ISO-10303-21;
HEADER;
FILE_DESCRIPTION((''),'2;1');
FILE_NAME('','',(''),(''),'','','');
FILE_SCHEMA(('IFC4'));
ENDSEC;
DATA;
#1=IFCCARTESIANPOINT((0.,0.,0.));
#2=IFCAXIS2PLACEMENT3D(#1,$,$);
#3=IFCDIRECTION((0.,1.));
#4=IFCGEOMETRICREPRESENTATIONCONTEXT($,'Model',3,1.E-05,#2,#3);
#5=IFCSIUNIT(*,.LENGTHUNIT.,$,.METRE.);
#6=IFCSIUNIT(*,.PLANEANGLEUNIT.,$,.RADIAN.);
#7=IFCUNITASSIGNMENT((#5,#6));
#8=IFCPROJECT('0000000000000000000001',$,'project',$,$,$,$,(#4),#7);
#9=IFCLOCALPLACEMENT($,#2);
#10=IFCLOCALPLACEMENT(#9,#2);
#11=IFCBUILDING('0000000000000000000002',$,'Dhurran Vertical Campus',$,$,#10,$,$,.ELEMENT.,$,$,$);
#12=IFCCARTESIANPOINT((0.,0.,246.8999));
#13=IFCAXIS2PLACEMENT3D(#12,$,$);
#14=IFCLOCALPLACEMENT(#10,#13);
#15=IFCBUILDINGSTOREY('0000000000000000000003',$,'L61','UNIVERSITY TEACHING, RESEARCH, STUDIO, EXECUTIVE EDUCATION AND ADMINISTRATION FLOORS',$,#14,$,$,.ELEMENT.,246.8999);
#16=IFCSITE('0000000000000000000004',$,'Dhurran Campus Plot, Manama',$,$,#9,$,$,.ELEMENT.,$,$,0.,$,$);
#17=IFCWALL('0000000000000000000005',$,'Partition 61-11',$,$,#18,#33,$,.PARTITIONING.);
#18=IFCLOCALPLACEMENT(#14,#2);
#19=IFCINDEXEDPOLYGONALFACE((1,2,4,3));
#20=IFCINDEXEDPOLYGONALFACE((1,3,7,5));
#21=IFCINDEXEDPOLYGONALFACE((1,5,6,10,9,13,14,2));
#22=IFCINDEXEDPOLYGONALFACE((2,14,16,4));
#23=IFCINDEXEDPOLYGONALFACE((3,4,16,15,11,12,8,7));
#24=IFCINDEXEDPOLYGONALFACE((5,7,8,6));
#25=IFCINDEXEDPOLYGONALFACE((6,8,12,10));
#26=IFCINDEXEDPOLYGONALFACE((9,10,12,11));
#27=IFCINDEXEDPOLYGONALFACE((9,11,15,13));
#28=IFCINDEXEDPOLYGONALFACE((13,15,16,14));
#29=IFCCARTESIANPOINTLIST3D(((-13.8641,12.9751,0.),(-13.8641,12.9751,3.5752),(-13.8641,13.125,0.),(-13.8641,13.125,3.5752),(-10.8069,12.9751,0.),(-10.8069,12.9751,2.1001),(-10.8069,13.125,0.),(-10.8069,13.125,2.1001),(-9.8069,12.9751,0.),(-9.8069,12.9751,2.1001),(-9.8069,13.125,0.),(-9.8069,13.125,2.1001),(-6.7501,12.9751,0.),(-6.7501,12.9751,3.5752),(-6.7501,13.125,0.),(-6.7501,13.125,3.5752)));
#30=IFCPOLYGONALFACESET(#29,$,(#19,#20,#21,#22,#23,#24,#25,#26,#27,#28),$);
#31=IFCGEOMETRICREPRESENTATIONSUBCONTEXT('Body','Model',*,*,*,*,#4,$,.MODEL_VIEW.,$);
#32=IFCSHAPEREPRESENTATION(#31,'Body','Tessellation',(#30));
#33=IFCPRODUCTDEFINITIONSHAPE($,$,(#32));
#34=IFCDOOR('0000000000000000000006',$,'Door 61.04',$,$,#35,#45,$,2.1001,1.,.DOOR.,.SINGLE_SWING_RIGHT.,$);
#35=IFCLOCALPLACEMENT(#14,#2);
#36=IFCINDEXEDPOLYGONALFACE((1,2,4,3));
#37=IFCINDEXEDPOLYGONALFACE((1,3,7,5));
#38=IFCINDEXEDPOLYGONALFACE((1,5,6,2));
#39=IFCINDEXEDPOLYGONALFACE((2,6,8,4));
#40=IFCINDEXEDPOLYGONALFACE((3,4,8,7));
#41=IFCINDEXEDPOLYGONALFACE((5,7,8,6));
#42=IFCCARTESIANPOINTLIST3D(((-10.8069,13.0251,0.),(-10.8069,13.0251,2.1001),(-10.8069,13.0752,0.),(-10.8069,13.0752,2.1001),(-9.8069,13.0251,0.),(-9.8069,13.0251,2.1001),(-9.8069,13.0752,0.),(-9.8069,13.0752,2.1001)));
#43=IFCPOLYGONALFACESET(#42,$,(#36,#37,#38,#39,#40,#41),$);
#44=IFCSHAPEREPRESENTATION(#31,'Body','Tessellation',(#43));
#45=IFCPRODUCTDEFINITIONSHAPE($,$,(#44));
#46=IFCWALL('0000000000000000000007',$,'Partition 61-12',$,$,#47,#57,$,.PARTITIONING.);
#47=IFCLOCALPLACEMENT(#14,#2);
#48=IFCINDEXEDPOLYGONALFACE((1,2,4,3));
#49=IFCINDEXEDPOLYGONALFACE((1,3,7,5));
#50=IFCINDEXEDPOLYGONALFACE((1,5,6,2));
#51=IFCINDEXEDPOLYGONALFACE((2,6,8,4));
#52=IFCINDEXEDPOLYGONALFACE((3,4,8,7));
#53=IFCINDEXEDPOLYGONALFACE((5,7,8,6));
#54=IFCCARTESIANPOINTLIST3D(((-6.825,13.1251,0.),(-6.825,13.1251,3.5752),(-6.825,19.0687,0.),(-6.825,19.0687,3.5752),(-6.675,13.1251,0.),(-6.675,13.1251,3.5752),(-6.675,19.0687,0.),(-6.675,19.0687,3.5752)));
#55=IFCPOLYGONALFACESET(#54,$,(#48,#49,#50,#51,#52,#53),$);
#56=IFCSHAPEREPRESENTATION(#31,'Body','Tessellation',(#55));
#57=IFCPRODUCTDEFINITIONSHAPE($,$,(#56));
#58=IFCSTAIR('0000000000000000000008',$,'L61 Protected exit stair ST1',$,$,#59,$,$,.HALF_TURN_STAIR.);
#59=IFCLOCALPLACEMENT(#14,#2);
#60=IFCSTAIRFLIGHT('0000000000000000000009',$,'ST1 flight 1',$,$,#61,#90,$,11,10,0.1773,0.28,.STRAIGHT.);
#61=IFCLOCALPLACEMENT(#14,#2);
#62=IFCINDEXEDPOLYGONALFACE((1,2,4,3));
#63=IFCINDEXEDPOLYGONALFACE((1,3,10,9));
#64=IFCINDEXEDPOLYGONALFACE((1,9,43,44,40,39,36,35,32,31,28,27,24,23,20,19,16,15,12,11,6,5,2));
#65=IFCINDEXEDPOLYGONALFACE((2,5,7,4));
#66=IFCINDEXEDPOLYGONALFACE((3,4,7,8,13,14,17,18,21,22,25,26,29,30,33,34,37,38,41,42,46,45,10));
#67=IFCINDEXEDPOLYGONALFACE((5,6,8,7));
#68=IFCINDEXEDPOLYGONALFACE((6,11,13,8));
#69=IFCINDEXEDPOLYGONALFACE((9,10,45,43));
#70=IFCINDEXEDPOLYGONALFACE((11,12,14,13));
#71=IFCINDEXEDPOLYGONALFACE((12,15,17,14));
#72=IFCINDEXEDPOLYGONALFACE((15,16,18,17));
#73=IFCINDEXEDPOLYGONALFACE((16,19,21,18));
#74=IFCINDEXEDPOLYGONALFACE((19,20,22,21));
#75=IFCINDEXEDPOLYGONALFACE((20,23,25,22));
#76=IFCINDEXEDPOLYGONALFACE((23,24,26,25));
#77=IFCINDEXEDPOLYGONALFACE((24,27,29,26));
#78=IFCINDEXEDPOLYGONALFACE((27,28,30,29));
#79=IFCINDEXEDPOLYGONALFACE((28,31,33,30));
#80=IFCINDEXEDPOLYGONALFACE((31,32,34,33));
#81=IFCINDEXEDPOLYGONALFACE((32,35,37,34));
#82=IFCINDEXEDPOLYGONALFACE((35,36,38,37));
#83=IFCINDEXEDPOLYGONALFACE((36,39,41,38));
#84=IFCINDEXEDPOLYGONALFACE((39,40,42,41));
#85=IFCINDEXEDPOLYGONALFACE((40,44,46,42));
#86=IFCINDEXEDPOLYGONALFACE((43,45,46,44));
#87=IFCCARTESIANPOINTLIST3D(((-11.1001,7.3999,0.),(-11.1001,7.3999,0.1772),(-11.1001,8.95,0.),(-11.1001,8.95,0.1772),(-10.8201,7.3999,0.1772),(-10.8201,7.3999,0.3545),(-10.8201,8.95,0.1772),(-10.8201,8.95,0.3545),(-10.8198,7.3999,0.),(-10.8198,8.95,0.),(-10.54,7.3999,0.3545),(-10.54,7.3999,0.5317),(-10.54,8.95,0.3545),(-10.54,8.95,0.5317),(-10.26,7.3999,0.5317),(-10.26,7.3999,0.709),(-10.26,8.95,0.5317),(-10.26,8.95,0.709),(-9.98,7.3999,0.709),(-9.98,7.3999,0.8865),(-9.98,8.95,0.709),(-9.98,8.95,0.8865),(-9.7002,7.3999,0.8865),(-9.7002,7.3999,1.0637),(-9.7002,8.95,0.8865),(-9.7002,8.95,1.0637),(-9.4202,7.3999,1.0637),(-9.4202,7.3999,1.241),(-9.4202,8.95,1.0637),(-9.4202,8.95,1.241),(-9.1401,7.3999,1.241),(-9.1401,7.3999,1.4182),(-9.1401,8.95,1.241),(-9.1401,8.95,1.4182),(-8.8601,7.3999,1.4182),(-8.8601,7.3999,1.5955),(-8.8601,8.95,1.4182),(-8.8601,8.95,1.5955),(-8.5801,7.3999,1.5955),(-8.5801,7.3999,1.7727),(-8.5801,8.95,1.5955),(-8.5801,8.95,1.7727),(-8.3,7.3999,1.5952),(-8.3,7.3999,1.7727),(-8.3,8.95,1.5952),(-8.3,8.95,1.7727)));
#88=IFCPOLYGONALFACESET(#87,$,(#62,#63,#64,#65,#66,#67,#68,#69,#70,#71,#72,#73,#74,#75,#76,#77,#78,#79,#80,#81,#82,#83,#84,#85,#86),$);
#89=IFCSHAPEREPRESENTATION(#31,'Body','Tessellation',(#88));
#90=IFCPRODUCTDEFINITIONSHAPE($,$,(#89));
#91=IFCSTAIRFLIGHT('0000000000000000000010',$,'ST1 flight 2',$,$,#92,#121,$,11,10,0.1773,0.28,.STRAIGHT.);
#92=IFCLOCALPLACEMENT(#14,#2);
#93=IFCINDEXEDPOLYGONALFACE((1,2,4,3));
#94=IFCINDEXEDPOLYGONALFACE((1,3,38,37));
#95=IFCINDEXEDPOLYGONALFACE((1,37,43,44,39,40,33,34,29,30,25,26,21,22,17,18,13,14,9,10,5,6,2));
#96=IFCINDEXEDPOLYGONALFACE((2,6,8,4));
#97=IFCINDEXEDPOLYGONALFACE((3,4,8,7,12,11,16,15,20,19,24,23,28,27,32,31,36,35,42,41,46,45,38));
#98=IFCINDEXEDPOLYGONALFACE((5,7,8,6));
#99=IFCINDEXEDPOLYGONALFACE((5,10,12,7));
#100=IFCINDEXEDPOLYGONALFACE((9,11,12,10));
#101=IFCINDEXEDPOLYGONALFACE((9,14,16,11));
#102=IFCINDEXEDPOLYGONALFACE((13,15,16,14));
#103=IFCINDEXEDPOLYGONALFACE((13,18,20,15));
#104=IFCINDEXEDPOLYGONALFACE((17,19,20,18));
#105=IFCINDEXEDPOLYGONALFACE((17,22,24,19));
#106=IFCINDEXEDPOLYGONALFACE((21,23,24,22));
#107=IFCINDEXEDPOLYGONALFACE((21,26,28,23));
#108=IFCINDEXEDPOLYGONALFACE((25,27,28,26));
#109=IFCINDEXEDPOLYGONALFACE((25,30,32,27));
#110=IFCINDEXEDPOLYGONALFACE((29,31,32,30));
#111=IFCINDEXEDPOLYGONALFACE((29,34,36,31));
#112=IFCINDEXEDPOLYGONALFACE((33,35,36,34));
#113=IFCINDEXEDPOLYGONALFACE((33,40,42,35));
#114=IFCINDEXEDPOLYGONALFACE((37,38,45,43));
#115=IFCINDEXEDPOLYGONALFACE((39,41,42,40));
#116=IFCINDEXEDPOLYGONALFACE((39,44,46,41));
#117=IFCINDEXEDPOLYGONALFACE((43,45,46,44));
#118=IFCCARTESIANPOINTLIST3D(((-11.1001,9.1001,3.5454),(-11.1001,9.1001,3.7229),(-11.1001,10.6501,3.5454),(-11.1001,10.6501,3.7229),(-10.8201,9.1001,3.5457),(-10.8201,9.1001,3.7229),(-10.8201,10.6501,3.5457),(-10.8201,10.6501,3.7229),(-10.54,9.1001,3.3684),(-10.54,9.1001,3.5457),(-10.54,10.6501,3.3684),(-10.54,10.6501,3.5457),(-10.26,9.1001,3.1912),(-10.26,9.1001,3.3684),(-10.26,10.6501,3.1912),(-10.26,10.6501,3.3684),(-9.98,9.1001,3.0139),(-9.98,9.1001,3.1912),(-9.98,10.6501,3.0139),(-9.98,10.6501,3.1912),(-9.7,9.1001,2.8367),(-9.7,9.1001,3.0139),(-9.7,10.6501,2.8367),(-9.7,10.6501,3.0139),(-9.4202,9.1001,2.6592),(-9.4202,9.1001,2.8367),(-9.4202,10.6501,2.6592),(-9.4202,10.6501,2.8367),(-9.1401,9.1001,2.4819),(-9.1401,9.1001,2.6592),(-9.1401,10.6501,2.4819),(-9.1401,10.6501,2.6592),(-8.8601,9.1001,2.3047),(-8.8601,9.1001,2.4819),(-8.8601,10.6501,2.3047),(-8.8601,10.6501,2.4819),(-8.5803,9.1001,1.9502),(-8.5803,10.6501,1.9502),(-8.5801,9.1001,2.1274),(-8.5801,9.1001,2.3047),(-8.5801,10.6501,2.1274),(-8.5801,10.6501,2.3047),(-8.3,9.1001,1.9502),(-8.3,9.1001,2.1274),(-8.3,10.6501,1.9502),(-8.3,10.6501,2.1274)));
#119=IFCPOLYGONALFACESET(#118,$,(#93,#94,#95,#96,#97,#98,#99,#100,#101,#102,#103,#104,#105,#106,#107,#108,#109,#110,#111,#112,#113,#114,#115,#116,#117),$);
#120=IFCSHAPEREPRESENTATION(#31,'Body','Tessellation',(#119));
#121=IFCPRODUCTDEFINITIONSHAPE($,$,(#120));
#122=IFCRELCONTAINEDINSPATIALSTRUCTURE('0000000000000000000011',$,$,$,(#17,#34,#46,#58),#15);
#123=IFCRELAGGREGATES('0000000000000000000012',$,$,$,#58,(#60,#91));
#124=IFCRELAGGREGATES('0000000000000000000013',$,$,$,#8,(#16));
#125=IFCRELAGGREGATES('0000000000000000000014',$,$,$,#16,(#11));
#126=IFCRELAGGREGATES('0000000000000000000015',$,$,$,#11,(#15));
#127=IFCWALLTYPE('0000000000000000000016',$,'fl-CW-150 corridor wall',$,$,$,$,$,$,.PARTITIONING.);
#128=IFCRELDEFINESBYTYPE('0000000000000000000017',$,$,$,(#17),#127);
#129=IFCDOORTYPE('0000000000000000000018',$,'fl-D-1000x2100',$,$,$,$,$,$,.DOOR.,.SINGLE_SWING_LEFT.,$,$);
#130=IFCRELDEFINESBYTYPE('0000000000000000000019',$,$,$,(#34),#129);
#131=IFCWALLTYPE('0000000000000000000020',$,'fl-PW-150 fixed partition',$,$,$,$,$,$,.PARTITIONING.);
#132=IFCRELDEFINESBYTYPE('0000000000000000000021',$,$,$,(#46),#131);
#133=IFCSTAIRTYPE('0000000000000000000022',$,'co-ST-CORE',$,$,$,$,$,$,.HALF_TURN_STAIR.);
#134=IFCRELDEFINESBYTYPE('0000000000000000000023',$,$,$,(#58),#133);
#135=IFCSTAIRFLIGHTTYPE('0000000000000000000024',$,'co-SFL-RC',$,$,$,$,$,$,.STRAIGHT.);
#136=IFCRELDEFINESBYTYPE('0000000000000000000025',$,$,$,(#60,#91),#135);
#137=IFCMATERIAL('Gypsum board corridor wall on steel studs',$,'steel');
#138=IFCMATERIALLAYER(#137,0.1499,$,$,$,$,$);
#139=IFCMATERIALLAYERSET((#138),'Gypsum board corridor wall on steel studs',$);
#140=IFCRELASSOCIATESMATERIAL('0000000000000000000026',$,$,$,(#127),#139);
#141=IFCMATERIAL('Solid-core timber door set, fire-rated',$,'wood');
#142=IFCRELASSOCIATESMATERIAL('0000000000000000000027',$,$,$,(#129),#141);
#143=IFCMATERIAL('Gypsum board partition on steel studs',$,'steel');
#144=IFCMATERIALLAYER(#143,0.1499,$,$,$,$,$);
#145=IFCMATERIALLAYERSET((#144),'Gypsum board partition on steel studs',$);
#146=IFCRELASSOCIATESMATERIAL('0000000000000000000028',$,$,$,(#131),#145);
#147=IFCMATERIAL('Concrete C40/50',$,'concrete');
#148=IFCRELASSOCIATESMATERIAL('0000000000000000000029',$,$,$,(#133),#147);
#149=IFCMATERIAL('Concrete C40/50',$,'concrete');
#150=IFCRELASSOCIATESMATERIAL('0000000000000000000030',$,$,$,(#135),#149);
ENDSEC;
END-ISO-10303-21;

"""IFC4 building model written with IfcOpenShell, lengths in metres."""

from ifc_helpers import new_model, si_unit, direction, frame, frame_2d, origin, place, context, subcontext, project, spatial, polyline, rectangle, outline, extrude, material, layer, layer_set, type_object, element, fill, aggregate, save


model = new_model("IFC4")

# Units and contexts
model_context = context("Model", 3, precision=1e-05, world=origin(), true_north=direction((0.0, 1.0)))
body_context = subcontext(model_context, "Body", "Model", "MODEL_VIEW")
ifc_project = project(units=[si_unit("LENGTHUNIT", "METRE"), si_unit("PLANEANGLEUNIT", "RADIAN")], contexts=[model_context])

# Site, building, storey
site_placement = place(None, origin())
site = spatial("IfcSite", under=ifc_project, at=site_placement, Name="Dhurran Campus Plot, Manama", CompositionType="ELEMENT", RefElevation=0.0)
building_placement = place(site_placement, origin())
building = spatial("IfcBuilding", under=site, at=building_placement, Name="Dhurran Vertical Campus", CompositionType="ELEMENT")
storey_placement = place(building_placement, frame((0.0, 0.0, 246.8999)))
storey = spatial("IfcBuildingStorey", under=building, at=storey_placement, Name="L61", Description="UNIVERSITY TEACHING, RESEARCH, STUDIO, EXECUTIVE EDUCATION AND ADMINISTRATION FLOORS", CompositionType="ELEMENT", Elevation=246.8999)

# Wall, opening, door
ifc_material_1 = material(Name="Gypsum board corridor wall on steel studs", Category="steel")
ifc_layer_1 = layer(ifc_material_1, 0.1499)
ifc_layer_set_1 = layer_set([ifc_layer_1], Name="Gypsum board corridor wall on steel studs")
wall_type_1 = type_object("IfcWallType", Name="fl-CW-150 corridor wall", PredefinedType="PARTITIONING", material=ifc_layer_set_1)
wall_1_placement = place(storey_placement, frame((-6.75, 13.05, 0.0), z_axis=(0.0, 0.0, 1.0), x_axis=(-1.0, 0.0, 0.0)))
wall_1 = element("IfcWall", 1, at=wall_1_placement, inside=storey, type_object=wall_type_1, Name="Partition 61-11", PredefinedType="PARTITIONING", context=body_context, shape_type="SweptSolid", body=[
    extrude(rectangle(XDim=7.114, YDim=0.1499, at=frame_2d((3.5571, 0.0))), origin(), (0.0, 0.0, 1.0), 3.5752),
])
opening_1_placement = place(wall_1_placement, frame((3.0569, 0.0, 0.0)))
opening_1 = element("IfcOpeningElement", 2, at=opening_1_placement, cuts=wall_1, PredefinedType="OPENING", context=body_context, shape_type="SweptSolid", body=[
    extrude(rectangle(XDim=1.0, YDim=2.1001, at=frame_2d((0.5, 1.05))), frame((0.0, 0.085, 0.0), z_axis=(0.0, -1.0, 0.0), x_axis=(1.0, 0.0, 0.0)), (0.0, 0.0, 1.0), 0.1699),
])
ifc_material_2 = material(Name="Solid-core timber door set, fire-rated", Category="wood")
door_type_1 = type_object("IfcDoorType", Name="fl-D-1000x2100", OperationType="SINGLE_SWING_LEFT", PredefinedType="DOOR", material=ifc_material_2)
door_1_placement = place(opening_1_placement, origin())
door_1 = element("IfcDoor", 3, at=door_1_placement, inside=storey, type_object=door_type_1, Name="Door 61.04", OperationType="SINGLE_SWING_RIGHT", OverallHeight=2.1001, OverallWidth=1.0, PredefinedType="DOOR", context=body_context, shape_type="SweptSolid", body=[
    extrude(rectangle(XDim=1.0, YDim=2.1001, at=frame_2d((0.5, 1.05))), frame((0.0, 0.0249, 0.0), z_axis=(0.0, -1.0, 0.0), x_axis=(1.0, 0.0, 0.0)), (0.0, 0.0, 1.0), 0.05),
])
fill(opening_1, door_1)

# Wall
ifc_material_3 = material(Name="Gypsum board partition on steel studs", Category="steel")
ifc_layer_2 = layer(ifc_material_3, 0.1499)
ifc_layer_set_2 = layer_set([ifc_layer_2], Name="Gypsum board partition on steel studs")
wall_type_2 = type_object("IfcWallType", Name="fl-PW-150 fixed partition", PredefinedType="PARTITIONING", material=ifc_layer_set_2)
wall_2_placement = place(storey_placement, frame((-6.75, 19.0686, 0.0), z_axis=(0.0, 0.0, 1.0), x_axis=(0.0, -1.0, 0.0)))
element("IfcWall", 4, at=wall_2_placement, inside=storey, type_object=wall_type_2, Name="Partition 61-12", PredefinedType="PARTITIONING", context=body_context, shape_type="SweptSolid", body=[
    extrude(rectangle(XDim=5.9436, YDim=0.1499, at=frame_2d((2.9717, 0.0))), origin(), (0.0, 0.0, 1.0), 3.5752),
])

# Stair, stair flights
ifc_material_4 = material(Name="Concrete C40/50", Category="concrete")
stair_type = type_object("IfcStairType", Name="co-ST-CORE", PredefinedType="HALF_TURN_STAIR", material=ifc_material_4)
stair_placement = place(storey_placement, origin())
stair = element("IfcStair", 5, at=stair_placement, inside=storey, type_object=stair_type, Name="L61 Protected exit stair ST1", PredefinedType="HALF_TURN_STAIR")
ifc_material_5 = material(Name="Concrete C40/50", Category="concrete")
stair_flight_type = type_object("IfcStairFlightType", Name="co-SFL-RC", PredefinedType="STRAIGHT", material=ifc_material_5)
stair_flight_1_placement = place(storey_placement, frame((-11.1001, 8.175, 0.0), z_axis=(0.0, 0.0, 1.0), x_axis=(1.0, 0.0, 0.0)))
stair_flight_1 = element("IfcStairFlight", 6, at=stair_flight_1_placement, type_object=stair_flight_type, Name="ST1 flight 1", NumberOfRisers=11, NumberOfTreads=10, PredefinedType="STRAIGHT", RiserHeight=0.1773, TreadLength=0.28, context=body_context, shape_type="SweptSolid", body=[
    extrude(outline(polyline([(0.0, 0.0), (0.0, 0.1772), (0.28, 0.1772), (0.28, 0.3545), (0.5601, 0.3545), (0.5601, 0.5317), (0.8401, 0.5317), (0.8401, 0.709), (1.1201, 0.709), (1.1201, 0.8865), (1.3999, 0.8865), (1.3999, 1.0637), (1.6799, 1.0637), (1.6799, 1.241), (1.96, 1.241), (1.96, 1.4182), (2.24, 1.4182), (2.24, 1.5955), (2.52, 1.5955), (2.52, 1.7727), (2.8, 1.7727), (2.8, 1.95), (2.8, 1.5952), (0.2803, 0.0), (0.0, 0.0)])), frame((0.0, 0.7749, 0.0), z_axis=(0.0, -1.0, 0.0), x_axis=(1.0, 0.0, 0.0)), (0.0, 0.0, 1.0), 1.55),
])
stair_flight_2_placement = place(storey_placement, frame((-8.3, 9.875, 1.9502), z_axis=(0.0, 0.0, 1.0), x_axis=(-1.0, 0.0, 0.0)))
stair_flight_2 = element("IfcStairFlight", 7, at=stair_flight_2_placement, type_object=stair_flight_type, Name="ST1 flight 2", NumberOfRisers=11, NumberOfTreads=10, PredefinedType="STRAIGHT", RiserHeight=0.1773, TreadLength=0.28, context=body_context, shape_type="SweptSolid", body=[
    extrude(outline(polyline([(0.0, 0.0), (0.0, 0.1772), (0.28, 0.1772), (0.28, 0.3545), (0.5601, 0.3545), (0.5601, 0.5317), (0.8401, 0.5317), (0.8401, 0.709), (1.1201, 0.709), (1.1201, 0.8865), (1.3999, 0.8865), (1.3999, 1.0637), (1.6799, 1.0637), (1.6799, 1.241), (1.96, 1.241), (1.96, 1.4182), (2.24, 1.4182), (2.24, 1.5955), (2.52, 1.5955), (2.52, 1.7727), (2.8, 1.7727), (2.8, 1.95), (2.8, 1.5952), (0.2803, 0.0), (0.0, 0.0)])), frame((0.0, 0.7749, 0.0), z_axis=(0.0, -1.0, 0.0), x_axis=(1.0, 0.0, 0.0)), (0.0, 0.0, 1.0), 1.55),
])
aggregate(stair, [stair_flight_1, stair_flight_2])

save(model, "model.ifc")
